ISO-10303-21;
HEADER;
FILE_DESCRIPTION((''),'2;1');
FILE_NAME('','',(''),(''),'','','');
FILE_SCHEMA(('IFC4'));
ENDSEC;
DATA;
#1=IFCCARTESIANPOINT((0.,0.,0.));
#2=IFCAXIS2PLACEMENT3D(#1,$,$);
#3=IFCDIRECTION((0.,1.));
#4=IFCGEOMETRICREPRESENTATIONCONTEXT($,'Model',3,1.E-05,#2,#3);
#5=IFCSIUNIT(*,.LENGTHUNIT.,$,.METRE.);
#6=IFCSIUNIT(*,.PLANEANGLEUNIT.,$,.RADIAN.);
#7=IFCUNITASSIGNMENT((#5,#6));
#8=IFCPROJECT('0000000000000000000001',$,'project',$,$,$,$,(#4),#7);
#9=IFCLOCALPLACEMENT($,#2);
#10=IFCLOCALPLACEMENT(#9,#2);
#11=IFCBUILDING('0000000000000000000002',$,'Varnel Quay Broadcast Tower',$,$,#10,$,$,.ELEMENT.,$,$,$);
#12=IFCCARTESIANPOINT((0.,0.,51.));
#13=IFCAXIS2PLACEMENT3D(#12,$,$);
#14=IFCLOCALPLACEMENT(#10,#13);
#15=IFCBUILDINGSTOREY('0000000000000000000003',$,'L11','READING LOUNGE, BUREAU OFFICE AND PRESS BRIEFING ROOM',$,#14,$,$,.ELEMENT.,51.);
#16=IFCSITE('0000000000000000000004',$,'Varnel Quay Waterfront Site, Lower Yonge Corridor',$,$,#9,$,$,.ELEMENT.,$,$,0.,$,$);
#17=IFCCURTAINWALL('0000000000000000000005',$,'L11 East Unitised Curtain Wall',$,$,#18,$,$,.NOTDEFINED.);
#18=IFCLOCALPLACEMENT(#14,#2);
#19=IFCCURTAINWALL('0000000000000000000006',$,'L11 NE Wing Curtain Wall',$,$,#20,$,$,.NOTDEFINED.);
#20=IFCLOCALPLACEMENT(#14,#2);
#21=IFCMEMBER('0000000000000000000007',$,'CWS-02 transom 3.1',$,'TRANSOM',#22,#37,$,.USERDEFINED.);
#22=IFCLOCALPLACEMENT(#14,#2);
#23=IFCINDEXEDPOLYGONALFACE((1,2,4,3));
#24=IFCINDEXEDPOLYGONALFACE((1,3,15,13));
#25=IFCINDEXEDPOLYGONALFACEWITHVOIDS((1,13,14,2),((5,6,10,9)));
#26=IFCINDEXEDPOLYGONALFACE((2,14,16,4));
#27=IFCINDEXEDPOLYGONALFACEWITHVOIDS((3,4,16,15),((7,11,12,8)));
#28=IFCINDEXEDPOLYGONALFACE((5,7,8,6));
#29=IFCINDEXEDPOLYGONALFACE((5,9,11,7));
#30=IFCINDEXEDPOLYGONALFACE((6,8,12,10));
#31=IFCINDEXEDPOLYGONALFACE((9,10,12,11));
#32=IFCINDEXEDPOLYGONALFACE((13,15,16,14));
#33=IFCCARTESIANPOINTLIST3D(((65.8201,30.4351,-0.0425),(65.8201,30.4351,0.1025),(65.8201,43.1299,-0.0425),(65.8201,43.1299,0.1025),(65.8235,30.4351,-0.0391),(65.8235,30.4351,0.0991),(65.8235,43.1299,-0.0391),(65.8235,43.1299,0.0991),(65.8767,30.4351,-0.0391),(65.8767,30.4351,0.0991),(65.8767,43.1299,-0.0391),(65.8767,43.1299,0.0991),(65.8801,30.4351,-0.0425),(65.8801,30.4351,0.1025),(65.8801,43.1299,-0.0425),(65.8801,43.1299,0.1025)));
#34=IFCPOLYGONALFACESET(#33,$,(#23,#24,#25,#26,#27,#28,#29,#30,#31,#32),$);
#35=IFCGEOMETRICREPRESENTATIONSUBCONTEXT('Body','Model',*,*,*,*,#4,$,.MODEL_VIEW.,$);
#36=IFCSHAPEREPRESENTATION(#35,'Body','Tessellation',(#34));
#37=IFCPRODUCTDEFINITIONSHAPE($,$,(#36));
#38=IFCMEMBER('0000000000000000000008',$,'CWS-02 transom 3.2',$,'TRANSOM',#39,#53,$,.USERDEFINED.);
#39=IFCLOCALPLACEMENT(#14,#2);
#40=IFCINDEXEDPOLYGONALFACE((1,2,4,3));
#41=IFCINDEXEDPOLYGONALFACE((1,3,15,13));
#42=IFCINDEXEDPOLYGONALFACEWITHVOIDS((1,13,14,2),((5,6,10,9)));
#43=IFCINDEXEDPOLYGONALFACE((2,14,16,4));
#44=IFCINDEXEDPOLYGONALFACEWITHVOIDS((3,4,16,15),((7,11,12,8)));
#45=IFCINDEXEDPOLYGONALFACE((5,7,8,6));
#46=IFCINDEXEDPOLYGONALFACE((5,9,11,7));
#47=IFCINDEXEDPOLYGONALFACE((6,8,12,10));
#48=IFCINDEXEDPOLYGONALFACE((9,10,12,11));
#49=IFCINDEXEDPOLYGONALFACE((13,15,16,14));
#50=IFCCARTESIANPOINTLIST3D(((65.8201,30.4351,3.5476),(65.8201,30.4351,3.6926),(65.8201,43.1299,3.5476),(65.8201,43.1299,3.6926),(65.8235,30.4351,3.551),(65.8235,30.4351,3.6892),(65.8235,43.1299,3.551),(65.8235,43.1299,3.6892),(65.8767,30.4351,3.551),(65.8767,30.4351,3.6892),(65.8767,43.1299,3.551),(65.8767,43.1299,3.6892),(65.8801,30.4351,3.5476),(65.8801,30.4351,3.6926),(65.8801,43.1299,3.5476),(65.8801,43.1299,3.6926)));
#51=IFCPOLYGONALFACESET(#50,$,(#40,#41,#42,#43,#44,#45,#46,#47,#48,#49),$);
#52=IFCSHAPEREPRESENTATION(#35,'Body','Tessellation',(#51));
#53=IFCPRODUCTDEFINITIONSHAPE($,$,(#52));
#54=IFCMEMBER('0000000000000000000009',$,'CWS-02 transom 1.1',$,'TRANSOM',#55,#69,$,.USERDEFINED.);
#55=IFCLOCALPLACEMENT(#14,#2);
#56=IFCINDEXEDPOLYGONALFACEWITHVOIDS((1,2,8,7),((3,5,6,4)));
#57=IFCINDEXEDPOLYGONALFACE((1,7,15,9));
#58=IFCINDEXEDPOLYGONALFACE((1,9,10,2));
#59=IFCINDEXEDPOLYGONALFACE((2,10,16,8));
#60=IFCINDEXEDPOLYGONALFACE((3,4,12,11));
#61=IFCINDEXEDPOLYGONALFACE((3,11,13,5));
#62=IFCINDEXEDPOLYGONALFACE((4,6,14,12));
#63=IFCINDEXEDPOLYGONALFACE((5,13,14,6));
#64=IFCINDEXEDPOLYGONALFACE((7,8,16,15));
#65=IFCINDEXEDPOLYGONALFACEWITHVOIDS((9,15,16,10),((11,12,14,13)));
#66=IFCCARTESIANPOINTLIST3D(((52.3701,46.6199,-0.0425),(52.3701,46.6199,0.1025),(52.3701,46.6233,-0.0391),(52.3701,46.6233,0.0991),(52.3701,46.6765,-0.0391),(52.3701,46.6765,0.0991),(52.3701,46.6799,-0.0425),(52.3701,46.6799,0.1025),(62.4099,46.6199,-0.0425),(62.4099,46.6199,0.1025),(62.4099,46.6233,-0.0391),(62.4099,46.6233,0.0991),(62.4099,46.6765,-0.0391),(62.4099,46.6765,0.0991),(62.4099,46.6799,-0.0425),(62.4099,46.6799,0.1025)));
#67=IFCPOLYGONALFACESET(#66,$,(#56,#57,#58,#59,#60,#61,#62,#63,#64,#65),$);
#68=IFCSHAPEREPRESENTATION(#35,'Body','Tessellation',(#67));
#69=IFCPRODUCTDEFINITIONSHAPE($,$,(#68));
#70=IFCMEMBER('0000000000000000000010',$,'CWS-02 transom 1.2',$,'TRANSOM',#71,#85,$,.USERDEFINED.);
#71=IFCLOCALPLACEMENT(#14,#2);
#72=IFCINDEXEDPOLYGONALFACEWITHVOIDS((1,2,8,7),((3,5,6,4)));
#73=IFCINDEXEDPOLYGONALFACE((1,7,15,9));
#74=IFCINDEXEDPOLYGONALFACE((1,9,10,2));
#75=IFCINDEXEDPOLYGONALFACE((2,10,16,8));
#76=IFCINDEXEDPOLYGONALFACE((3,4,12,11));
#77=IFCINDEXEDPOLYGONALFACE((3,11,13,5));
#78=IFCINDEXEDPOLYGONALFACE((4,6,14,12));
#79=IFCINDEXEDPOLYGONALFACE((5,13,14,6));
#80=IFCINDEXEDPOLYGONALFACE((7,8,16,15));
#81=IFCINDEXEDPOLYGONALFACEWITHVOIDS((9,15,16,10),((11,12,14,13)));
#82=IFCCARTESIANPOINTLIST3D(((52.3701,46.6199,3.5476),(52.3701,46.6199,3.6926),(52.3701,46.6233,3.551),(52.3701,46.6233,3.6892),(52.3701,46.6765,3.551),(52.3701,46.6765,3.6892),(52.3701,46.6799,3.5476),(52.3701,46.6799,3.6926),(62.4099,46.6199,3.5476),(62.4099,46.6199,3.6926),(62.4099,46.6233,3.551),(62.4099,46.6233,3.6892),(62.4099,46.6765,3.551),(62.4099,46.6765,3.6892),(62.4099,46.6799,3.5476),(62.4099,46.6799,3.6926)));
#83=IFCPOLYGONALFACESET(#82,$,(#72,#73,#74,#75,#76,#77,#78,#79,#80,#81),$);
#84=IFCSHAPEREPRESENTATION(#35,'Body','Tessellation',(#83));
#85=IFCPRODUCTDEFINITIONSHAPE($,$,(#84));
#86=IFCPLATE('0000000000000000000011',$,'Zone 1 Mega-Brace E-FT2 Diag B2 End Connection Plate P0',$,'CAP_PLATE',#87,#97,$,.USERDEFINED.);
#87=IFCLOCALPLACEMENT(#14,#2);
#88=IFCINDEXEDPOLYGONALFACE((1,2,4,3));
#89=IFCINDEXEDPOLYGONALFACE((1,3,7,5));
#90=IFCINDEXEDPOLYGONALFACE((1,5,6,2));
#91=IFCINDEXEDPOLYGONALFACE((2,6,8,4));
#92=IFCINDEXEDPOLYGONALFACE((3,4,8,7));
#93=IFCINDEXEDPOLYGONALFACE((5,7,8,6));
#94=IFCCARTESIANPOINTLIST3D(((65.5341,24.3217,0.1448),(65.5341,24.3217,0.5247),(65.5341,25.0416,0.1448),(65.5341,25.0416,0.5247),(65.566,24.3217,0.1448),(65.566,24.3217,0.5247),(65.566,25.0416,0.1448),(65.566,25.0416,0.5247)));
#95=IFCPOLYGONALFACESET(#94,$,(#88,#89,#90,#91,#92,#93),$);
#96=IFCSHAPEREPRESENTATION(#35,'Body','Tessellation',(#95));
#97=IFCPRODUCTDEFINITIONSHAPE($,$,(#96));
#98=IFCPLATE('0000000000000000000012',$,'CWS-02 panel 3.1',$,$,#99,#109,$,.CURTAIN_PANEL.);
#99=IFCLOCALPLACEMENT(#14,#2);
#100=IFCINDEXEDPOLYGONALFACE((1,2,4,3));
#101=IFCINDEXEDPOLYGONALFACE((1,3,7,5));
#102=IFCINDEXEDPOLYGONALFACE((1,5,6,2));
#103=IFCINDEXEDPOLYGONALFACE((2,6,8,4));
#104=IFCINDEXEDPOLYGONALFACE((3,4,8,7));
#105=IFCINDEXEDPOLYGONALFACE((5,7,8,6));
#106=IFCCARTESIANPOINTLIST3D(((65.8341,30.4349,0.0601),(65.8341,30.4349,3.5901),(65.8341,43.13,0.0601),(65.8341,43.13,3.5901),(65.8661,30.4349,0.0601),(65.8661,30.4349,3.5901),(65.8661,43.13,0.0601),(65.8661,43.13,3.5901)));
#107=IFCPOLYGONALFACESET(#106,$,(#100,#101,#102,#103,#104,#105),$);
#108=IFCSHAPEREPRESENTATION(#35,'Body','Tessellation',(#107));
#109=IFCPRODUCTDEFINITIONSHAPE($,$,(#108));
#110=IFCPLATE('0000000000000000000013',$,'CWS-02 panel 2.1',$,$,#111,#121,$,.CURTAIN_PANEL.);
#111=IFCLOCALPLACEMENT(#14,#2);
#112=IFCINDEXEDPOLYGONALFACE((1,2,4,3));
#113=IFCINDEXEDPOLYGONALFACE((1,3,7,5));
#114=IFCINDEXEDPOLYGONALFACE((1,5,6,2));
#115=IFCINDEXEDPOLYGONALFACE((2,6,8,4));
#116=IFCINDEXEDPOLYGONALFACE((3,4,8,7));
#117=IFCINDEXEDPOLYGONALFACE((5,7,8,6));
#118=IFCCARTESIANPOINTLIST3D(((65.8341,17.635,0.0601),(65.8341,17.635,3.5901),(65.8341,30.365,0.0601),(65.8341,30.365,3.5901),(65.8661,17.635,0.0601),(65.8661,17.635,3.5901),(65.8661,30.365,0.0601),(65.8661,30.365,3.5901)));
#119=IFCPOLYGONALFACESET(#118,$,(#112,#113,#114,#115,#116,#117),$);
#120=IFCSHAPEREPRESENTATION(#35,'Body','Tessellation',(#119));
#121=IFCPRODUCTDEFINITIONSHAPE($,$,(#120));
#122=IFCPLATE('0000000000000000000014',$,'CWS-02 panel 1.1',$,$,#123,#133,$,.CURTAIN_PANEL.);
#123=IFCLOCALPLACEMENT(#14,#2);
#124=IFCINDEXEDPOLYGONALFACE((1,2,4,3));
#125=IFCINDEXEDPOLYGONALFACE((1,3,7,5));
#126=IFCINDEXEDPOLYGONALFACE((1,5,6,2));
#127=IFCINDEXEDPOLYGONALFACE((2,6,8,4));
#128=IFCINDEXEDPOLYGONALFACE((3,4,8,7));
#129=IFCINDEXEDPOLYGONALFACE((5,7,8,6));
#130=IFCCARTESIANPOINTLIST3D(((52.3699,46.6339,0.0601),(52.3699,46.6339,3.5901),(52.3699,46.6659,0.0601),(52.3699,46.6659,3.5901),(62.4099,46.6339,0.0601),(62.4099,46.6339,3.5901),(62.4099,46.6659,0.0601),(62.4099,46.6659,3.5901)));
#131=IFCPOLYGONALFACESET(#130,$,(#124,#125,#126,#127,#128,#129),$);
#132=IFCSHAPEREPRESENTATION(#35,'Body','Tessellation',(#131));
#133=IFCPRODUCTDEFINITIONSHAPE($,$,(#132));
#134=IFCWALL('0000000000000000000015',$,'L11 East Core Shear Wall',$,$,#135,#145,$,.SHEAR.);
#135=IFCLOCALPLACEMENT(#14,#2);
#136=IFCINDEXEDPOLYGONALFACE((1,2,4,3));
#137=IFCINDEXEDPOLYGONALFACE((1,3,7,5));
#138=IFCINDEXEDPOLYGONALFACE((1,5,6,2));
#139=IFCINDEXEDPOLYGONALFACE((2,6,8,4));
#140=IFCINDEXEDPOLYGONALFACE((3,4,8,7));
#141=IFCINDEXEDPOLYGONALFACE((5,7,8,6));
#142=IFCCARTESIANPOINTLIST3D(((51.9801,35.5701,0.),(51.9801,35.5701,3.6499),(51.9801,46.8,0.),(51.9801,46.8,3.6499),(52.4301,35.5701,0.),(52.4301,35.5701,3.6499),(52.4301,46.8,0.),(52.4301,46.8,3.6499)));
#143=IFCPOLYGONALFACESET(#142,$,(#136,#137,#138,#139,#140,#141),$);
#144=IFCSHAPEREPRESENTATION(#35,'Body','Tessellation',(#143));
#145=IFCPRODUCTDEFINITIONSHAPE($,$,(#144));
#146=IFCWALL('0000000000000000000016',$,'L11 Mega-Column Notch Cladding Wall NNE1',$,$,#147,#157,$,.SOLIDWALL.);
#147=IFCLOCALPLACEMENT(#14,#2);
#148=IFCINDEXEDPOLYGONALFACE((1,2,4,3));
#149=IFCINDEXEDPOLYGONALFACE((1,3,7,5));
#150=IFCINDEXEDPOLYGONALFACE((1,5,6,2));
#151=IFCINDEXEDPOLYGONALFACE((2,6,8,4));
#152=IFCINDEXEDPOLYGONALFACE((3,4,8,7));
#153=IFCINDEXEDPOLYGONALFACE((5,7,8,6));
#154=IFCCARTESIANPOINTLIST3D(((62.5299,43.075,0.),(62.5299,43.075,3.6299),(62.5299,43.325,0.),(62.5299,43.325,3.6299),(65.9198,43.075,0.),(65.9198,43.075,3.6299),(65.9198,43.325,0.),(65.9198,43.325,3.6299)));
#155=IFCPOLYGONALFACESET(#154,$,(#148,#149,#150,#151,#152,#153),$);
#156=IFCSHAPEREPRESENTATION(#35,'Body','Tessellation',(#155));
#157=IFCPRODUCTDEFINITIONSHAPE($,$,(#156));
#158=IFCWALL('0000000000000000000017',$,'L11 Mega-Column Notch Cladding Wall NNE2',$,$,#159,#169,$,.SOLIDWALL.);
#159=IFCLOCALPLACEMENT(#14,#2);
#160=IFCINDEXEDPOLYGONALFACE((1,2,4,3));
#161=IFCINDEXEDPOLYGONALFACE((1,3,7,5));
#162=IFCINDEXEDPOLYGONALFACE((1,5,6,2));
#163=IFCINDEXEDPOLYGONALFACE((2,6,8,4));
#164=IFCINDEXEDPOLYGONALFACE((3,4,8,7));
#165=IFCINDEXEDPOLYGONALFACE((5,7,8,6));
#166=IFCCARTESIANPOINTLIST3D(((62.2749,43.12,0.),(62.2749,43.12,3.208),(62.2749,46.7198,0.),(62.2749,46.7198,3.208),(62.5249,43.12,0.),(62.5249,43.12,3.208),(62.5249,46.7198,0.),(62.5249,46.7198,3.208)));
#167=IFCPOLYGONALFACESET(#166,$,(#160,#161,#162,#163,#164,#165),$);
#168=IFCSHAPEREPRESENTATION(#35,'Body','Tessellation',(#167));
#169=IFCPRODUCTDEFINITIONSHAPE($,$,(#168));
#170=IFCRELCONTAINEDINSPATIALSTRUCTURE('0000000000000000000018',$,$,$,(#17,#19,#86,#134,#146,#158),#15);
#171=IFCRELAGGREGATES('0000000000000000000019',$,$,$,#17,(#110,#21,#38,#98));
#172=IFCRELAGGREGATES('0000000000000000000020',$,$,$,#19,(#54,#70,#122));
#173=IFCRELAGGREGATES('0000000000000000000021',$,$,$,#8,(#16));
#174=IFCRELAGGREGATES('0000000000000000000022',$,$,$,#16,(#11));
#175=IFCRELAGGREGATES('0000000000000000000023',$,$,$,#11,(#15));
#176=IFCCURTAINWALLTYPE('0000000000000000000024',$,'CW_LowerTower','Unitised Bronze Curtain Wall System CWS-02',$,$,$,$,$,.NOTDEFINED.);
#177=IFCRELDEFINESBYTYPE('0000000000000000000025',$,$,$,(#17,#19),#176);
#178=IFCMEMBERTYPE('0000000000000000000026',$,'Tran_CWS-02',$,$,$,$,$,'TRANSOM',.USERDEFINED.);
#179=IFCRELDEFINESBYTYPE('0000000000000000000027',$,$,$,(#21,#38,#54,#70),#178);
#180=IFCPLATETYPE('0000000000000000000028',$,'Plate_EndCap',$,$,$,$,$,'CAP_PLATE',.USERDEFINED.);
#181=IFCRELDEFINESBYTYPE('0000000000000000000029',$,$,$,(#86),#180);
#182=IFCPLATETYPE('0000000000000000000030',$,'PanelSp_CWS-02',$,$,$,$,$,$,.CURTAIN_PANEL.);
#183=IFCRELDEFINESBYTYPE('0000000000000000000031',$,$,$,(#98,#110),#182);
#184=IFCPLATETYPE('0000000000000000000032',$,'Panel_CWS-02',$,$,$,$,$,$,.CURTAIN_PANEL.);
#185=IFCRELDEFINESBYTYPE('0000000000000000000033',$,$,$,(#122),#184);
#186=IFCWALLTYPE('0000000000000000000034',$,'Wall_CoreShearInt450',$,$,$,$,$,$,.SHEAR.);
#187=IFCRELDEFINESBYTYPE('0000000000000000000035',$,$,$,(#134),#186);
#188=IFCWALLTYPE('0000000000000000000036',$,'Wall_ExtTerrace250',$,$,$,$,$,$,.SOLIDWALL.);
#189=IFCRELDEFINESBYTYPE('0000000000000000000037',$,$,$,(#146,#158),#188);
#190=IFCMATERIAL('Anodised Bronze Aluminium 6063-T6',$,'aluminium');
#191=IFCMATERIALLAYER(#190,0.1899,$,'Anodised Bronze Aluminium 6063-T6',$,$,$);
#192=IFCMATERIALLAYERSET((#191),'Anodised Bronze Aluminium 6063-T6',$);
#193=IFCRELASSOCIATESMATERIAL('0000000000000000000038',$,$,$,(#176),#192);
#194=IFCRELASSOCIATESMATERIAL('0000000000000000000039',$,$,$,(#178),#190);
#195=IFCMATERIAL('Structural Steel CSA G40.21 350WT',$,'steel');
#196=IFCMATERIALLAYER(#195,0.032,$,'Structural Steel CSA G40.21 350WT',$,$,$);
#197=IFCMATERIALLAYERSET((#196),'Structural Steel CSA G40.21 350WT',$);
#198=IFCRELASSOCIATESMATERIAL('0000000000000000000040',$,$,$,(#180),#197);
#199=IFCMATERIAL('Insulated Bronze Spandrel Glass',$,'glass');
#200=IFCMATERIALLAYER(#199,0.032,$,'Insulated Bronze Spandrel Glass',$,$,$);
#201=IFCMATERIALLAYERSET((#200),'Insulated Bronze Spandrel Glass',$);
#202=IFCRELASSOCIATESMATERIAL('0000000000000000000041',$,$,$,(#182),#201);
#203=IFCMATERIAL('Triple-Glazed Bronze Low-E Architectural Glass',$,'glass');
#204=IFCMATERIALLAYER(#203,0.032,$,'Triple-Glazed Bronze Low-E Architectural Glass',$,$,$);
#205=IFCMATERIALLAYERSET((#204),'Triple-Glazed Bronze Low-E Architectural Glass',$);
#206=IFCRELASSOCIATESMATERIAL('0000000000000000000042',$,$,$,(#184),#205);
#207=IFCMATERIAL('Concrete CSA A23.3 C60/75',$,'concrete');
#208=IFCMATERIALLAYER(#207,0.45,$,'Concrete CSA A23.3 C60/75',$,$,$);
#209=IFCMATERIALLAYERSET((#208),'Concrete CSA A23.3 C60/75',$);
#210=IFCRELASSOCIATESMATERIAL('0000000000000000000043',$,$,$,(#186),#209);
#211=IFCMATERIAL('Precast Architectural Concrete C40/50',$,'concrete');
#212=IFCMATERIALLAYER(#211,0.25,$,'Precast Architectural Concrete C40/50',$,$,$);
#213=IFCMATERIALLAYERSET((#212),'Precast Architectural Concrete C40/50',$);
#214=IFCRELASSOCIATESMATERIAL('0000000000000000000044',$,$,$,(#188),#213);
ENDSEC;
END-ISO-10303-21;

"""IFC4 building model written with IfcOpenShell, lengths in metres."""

from ifc_helpers import new_model, si_unit, direction, frame, frame_2d, origin, origin_2d, place, context, subcontext, project, spatial, rectangle, hollow_rectangle, extrude, source, transform, mapped, material, layer, layer_set, material_profile, profile_set, type_object, type_shapes, element, aggregate, save


model = new_model("IFC4")

# Units and contexts
model_context = context("Model", 3, precision=1e-05, world=origin(), true_north=direction((0.0, 1.0)))
body_context = subcontext(model_context, "Body", "Model", "MODEL_VIEW")
ifc_project = project(units=[si_unit("LENGTHUNIT", "METRE"), si_unit("PLANEANGLEUNIT", "RADIAN")], contexts=[model_context])

# Site, building, storey
site_placement = place(None, origin())
site = spatial("IfcSite", under=ifc_project, at=site_placement, Name="Varnel Quay Waterfront Site, Lower Yonge Corridor", CompositionType="ELEMENT", RefElevation=0.0)
building_placement = place(site_placement, origin())
building = spatial("IfcBuilding", under=site, at=building_placement, Name="Varnel Quay Broadcast Tower", CompositionType="ELEMENT")
storey_placement = place(building_placement, frame((0.0, 0.0, 51.0)))
storey = spatial("IfcBuildingStorey", under=building, at=storey_placement, Name="L11", Description="READING LOUNGE, BUREAU OFFICE AND PRESS BRIEFING ROOM", CompositionType="ELEMENT", Elevation=51.0)

# Shared definitions
ifc_material_1 = material(Name="Structural Steel CSA G40.21 350WT", Category="steel")

# Curtain walls
ifc_material_2 = material(Name="Anodised Bronze Aluminium 6063-T6", Category="aluminium")
ifc_layer_1 = layer(ifc_material_2, 0.1899, Name="Anodised Bronze Aluminium 6063-T6")
ifc_layer_set_1 = layer_set([ifc_layer_1], Name="Anodised Bronze Aluminium 6063-T6")
curtain_wall_type = type_object("IfcCurtainWallType", Name="CW_LowerTower", Description="Unitised Bronze Curtain Wall System CWS-02", PredefinedType="NOTDEFINED", material=ifc_layer_set_1)
curtain_wall_1_placement = place(storey_placement, origin())
curtain_wall_1 = element("IfcCurtainWall", 1, at=curtain_wall_1_placement, inside=storey, type_object=curtain_wall_type, Name="L11 East Unitised Curtain Wall", PredefinedType="NOTDEFINED")
curtain_wall_2_placement = place(storey_placement, origin())
curtain_wall_2 = element("IfcCurtainWall", 2, at=curtain_wall_2_placement, inside=storey, type_object=curtain_wall_type, Name="L11 NE Wing Curtain Wall", PredefinedType="NOTDEFINED")

# Members
ifc_material_profile_1 = material_profile(ifc_material_2, hollow_rectangle(XDim=0.0601, YDim=0.145, WallThickness=0.0034, at=origin_2d()), Name="ALU60X145X3.5")
ifc_profile_set_1 = profile_set([ifc_material_profile_1], Name="Anodised Bronze Aluminium 6063-T6")
member_type_1 = type_object("IfcMemberType", Name="Tran_CWS-02", ElementType="TRANSOM", PredefinedType="USERDEFINED", material=ifc_profile_set_1)
shared_shape_1 = source(origin(), body_context, "Body", "SweptSolid", [
    extrude(hollow_rectangle(XDim=0.0601, YDim=0.145, WallThickness=0.0034, at=origin_2d()), origin(), (0.0, 0.0, 1.0), 12.6948),
])
member_1_placement = place(storey_placement, frame((65.8501, 30.4351, 0.03), z_axis=(0.0, 1.0, 0.0), x_axis=(-1.0, 0.0, 0.0)))
member_1 = element("IfcMember", 3, at=member_1_placement, type_object=member_type_1, Name="CWS-02 transom 3.1", ObjectType="TRANSOM", PredefinedType="USERDEFINED", context=body_context, shape_type="MappedRepresentation", body=[
    mapped(shared_shape_1, transform((0.0, 0.0, 0.0), x_axis=(1.0, 0.0, 0.0), y_axis=(0.0, 1.0, 0.0), z_axis=(0.0, 0.0, 1.0), scale=1.0)),
])
member_2_placement = place(storey_placement, frame((65.8501, 30.4351, 3.6201), z_axis=(0.0, 1.0, 0.0), x_axis=(-1.0, 0.0, 0.0)))
member_2 = element("IfcMember", 4, at=member_2_placement, type_object=member_type_1, Name="CWS-02 transom 3.2", ObjectType="TRANSOM", PredefinedType="USERDEFINED", context=body_context, shape_type="MappedRepresentation", body=[
    mapped(shared_shape_1, transform((0.0, 0.0, 0.0), x_axis=(1.0, 0.0, 0.0), y_axis=(0.0, 1.0, 0.0), z_axis=(0.0, 0.0, 1.0), scale=1.0)),
])
shared_shape_2 = source(origin(), body_context, "Body", "SweptSolid", [
    extrude(hollow_rectangle(XDim=0.0601, YDim=0.145, WallThickness=0.0034, at=origin_2d()), origin(), (0.0, 0.0, 1.0), 10.0398),
])
type_shapes(member_type_1, [shared_shape_1, shared_shape_2])
member_3_placement = place(storey_placement, frame((52.3701, 46.6499, 0.03), z_axis=(1.0, 0.0, 0.0), x_axis=(0.0, 1.0, 0.0)))
member_3 = element("IfcMember", 5, at=member_3_placement, type_object=member_type_1, Name="CWS-02 transom 1.1", ObjectType="TRANSOM", PredefinedType="USERDEFINED", context=body_context, shape_type="MappedRepresentation", body=[
    mapped(shared_shape_2, transform((0.0, 0.0, 0.0), x_axis=(1.0, 0.0, 0.0), y_axis=(0.0, 1.0, 0.0), z_axis=(0.0, 0.0, 1.0), scale=1.0)),
])
member_4_placement = place(storey_placement, frame((52.3701, 46.6499, 3.6201), z_axis=(1.0, 0.0, 0.0), x_axis=(0.0, 1.0, 0.0)))
member_4 = element("IfcMember", 6, at=member_4_placement, type_object=member_type_1, Name="CWS-02 transom 1.2", ObjectType="TRANSOM", PredefinedType="USERDEFINED", context=body_context, shape_type="MappedRepresentation", body=[
    mapped(shared_shape_2, transform((0.0, 0.0, 0.0), x_axis=(1.0, 0.0, 0.0), y_axis=(0.0, 1.0, 0.0), z_axis=(0.0, 0.0, 1.0), scale=1.0)),
])

# Plates
ifc_layer_2 = layer(ifc_material_1, 0.032, Name="Structural Steel CSA G40.21 350WT")
ifc_layer_set_2 = layer_set([ifc_layer_2], Name="Structural Steel CSA G40.21 350WT")
plate_type_1 = type_object("IfcPlateType", Name="Plate_EndCap", ElementType="CAP_PLATE", PredefinedType="USERDEFINED", material=ifc_layer_set_2)
shared_shape_3 = source(origin(), body_context, "Body", "SweptSolid", [
    extrude(rectangle(XDim=0.72, YDim=0.032, at=origin_2d()), origin(), (0.0, 0.0, 1.0), 0.3799),
])
type_shapes(plate_type_1, [shared_shape_3])
plate_1_placement = place(storey_placement, frame((65.55, 24.6816, 0.1448), z_axis=(0.0, 0.0, 1.0), x_axis=(0.0, 1.0, 0.0)))
element("IfcPlate", 7, at=plate_1_placement, inside=storey, type_object=plate_type_1, Name="Zone 1 Mega-Brace E-FT2 Diag B2 End Connection Plate P0", ObjectType="CAP_PLATE", PredefinedType="USERDEFINED", context=body_context, shape_type="MappedRepresentation", body=[
    mapped(shared_shape_3, transform((0.0, 0.0, 0.0), x_axis=(1.0, 0.0, 0.0), y_axis=(0.0, 1.0, 0.0), z_axis=(0.0, 0.0, 1.0), scale=1.0)),
])
ifc_material_3 = material(Name="Insulated Bronze Spandrel Glass", Category="glass")
ifc_layer_3 = layer(ifc_material_3, 0.032, Name="Insulated Bronze Spandrel Glass")
ifc_layer_set_3 = layer_set([ifc_layer_3], Name="Insulated Bronze Spandrel Glass")
plate_type_2 = type_object("IfcPlateType", Name="PanelSp_CWS-02", PredefinedType="CURTAIN_PANEL", material=ifc_layer_set_3)
shared_shape_4 = source(origin(), body_context, "Body", "SweptSolid", [
    extrude(rectangle(XDim=12.6951, YDim=0.032, at=origin_2d()), origin(), (0.0, 0.0, 1.0), 3.53),
])
plate_2_placement = place(storey_placement, frame((65.8501, 36.7825, 0.0601), z_axis=(0.0, 0.0, 1.0), x_axis=(0.0, 1.0, 0.0)))
plate_2 = element("IfcPlate", 8, at=plate_2_placement, type_object=plate_type_2, Name="CWS-02 panel 3.1", PredefinedType="CURTAIN_PANEL", context=body_context, shape_type="MappedRepresentation", body=[
    mapped(shared_shape_4, transform((0.0, 0.0, 0.0), x_axis=(1.0, 0.0, 0.0), y_axis=(0.0, 1.0, 0.0), z_axis=(0.0, 0.0, 1.0), scale=1.0)),
])
shared_shape_5 = source(origin(), body_context, "Body", "SweptSolid", [
    extrude(rectangle(XDim=12.73, YDim=0.032, at=origin_2d()), origin(), (0.0, 0.0, 1.0), 3.53),
])
type_shapes(plate_type_2, [shared_shape_4, shared_shape_5])
plate_3_placement = place(storey_placement, frame((65.8501, 24.0, 0.0601), z_axis=(0.0, 0.0, 1.0), x_axis=(0.0, 1.0, 0.0)))
plate_3 = element("IfcPlate", 9, at=plate_3_placement, type_object=plate_type_2, Name="CWS-02 panel 2.1", PredefinedType="CURTAIN_PANEL", context=body_context, shape_type="MappedRepresentation", body=[
    mapped(shared_shape_5, transform((0.0, 0.0, 0.0), x_axis=(1.0, 0.0, 0.0), y_axis=(0.0, 1.0, 0.0), z_axis=(0.0, 0.0, 1.0), scale=1.0)),
])
aggregate(curtain_wall_1, [plate_3, member_1, member_2, plate_2])
ifc_material_4 = material(Name="Triple-Glazed Bronze Low-E Architectural Glass", Category="glass")
ifc_layer_4 = layer(ifc_material_4, 0.032, Name="Triple-Glazed Bronze Low-E Architectural Glass")
ifc_layer_set_4 = layer_set([ifc_layer_4], Name="Triple-Glazed Bronze Low-E Architectural Glass")
plate_type_3 = type_object("IfcPlateType", Name="Panel_CWS-02", PredefinedType="CURTAIN_PANEL", material=ifc_layer_set_4)
shared_shape_6 = source(origin(), body_context, "Body", "SweptSolid", [
    extrude(rectangle(XDim=10.04, YDim=0.032, at=origin_2d()), origin(), (0.0, 0.0, 1.0), 3.53),
])
type_shapes(plate_type_3, [shared_shape_6])
plate_4_placement = place(storey_placement, frame((57.3899, 46.6499, 0.0601), z_axis=(0.0, 0.0, 1.0), x_axis=(1.0, 0.0, 0.0)))
plate_4 = element("IfcPlate", 10, at=plate_4_placement, type_object=plate_type_3, Name="CWS-02 panel 1.1", PredefinedType="CURTAIN_PANEL", context=body_context, shape_type="MappedRepresentation", body=[
    mapped(shared_shape_6, transform((0.0, 0.0, 0.0), x_axis=(1.0, 0.0, 0.0), y_axis=(0.0, 1.0, 0.0), z_axis=(0.0, 0.0, 1.0), scale=1.0)),
])
aggregate(curtain_wall_2, [member_3, member_4, plate_4])

# Walls
ifc_material_5 = material(Name="Concrete CSA A23.3 C60/75", Category="concrete")
ifc_layer_5 = layer(ifc_material_5, 0.45, Name="Concrete CSA A23.3 C60/75")
ifc_layer_set_5 = layer_set([ifc_layer_5], Name="Concrete CSA A23.3 C60/75")
wall_type_1 = type_object("IfcWallType", Name="Wall_CoreShearInt450", PredefinedType="SHEAR", material=ifc_layer_set_5)
wall_1_placement = place(storey_placement, frame((52.2051, 35.5701, 0.0), z_axis=(0.0, 0.0, 1.0), x_axis=(0.0, 1.0, 0.0)))
element("IfcWall", 11, at=wall_1_placement, inside=storey, type_object=wall_type_1, Name="L11 East Core Shear Wall", PredefinedType="SHEAR", context=body_context, shape_type="SweptSolid", body=[
    extrude(rectangle(XDim=11.23, YDim=0.45, at=frame_2d((5.615, 0.0))), origin(), (0.0, 0.0, 1.0), 3.6499),
])
ifc_material_6 = material(Name="Precast Architectural Concrete C40/50", Category="concrete")
ifc_layer_6 = layer(ifc_material_6, 0.25, Name="Precast Architectural Concrete C40/50")
ifc_layer_set_6 = layer_set([ifc_layer_6], Name="Precast Architectural Concrete C40/50")
wall_type_2 = type_object("IfcWallType", Name="Wall_ExtTerrace250", PredefinedType="SOLIDWALL", material=ifc_layer_set_6)
wall_2_placement = place(storey_placement, frame((62.53, 43.2, 0.0), z_axis=(0.0, 0.0, 1.0), x_axis=(1.0, 0.0, 0.0)))
element("IfcWall", 12, at=wall_2_placement, inside=storey, type_object=wall_type_2, Name="L11 Mega-Column Notch Cladding Wall NNE1", PredefinedType="SOLIDWALL", context=body_context, shape_type="SweptSolid", body=[
    extrude(rectangle(XDim=3.3899, YDim=0.25, at=frame_2d((1.6948, 0.0))), origin(), (0.0, 0.0, 1.0), 3.6299),
])
wall_3_placement = place(storey_placement, frame((62.3999, 43.1201, 0.0), z_axis=(0.0, 0.0, 1.0), x_axis=(0.0, 1.0, 0.0)))
element("IfcWall", 13, at=wall_3_placement, inside=storey, type_object=wall_type_2, Name="L11 Mega-Column Notch Cladding Wall NNE2", PredefinedType="SOLIDWALL", context=body_context, shape_type="SweptSolid", body=[
    extrude(rectangle(XDim=3.5999, YDim=0.25, at=frame_2d((1.7998, 0.0))), origin(), (0.0, 0.0, 1.0), 3.208),
])

save(model, "model.ifc")
